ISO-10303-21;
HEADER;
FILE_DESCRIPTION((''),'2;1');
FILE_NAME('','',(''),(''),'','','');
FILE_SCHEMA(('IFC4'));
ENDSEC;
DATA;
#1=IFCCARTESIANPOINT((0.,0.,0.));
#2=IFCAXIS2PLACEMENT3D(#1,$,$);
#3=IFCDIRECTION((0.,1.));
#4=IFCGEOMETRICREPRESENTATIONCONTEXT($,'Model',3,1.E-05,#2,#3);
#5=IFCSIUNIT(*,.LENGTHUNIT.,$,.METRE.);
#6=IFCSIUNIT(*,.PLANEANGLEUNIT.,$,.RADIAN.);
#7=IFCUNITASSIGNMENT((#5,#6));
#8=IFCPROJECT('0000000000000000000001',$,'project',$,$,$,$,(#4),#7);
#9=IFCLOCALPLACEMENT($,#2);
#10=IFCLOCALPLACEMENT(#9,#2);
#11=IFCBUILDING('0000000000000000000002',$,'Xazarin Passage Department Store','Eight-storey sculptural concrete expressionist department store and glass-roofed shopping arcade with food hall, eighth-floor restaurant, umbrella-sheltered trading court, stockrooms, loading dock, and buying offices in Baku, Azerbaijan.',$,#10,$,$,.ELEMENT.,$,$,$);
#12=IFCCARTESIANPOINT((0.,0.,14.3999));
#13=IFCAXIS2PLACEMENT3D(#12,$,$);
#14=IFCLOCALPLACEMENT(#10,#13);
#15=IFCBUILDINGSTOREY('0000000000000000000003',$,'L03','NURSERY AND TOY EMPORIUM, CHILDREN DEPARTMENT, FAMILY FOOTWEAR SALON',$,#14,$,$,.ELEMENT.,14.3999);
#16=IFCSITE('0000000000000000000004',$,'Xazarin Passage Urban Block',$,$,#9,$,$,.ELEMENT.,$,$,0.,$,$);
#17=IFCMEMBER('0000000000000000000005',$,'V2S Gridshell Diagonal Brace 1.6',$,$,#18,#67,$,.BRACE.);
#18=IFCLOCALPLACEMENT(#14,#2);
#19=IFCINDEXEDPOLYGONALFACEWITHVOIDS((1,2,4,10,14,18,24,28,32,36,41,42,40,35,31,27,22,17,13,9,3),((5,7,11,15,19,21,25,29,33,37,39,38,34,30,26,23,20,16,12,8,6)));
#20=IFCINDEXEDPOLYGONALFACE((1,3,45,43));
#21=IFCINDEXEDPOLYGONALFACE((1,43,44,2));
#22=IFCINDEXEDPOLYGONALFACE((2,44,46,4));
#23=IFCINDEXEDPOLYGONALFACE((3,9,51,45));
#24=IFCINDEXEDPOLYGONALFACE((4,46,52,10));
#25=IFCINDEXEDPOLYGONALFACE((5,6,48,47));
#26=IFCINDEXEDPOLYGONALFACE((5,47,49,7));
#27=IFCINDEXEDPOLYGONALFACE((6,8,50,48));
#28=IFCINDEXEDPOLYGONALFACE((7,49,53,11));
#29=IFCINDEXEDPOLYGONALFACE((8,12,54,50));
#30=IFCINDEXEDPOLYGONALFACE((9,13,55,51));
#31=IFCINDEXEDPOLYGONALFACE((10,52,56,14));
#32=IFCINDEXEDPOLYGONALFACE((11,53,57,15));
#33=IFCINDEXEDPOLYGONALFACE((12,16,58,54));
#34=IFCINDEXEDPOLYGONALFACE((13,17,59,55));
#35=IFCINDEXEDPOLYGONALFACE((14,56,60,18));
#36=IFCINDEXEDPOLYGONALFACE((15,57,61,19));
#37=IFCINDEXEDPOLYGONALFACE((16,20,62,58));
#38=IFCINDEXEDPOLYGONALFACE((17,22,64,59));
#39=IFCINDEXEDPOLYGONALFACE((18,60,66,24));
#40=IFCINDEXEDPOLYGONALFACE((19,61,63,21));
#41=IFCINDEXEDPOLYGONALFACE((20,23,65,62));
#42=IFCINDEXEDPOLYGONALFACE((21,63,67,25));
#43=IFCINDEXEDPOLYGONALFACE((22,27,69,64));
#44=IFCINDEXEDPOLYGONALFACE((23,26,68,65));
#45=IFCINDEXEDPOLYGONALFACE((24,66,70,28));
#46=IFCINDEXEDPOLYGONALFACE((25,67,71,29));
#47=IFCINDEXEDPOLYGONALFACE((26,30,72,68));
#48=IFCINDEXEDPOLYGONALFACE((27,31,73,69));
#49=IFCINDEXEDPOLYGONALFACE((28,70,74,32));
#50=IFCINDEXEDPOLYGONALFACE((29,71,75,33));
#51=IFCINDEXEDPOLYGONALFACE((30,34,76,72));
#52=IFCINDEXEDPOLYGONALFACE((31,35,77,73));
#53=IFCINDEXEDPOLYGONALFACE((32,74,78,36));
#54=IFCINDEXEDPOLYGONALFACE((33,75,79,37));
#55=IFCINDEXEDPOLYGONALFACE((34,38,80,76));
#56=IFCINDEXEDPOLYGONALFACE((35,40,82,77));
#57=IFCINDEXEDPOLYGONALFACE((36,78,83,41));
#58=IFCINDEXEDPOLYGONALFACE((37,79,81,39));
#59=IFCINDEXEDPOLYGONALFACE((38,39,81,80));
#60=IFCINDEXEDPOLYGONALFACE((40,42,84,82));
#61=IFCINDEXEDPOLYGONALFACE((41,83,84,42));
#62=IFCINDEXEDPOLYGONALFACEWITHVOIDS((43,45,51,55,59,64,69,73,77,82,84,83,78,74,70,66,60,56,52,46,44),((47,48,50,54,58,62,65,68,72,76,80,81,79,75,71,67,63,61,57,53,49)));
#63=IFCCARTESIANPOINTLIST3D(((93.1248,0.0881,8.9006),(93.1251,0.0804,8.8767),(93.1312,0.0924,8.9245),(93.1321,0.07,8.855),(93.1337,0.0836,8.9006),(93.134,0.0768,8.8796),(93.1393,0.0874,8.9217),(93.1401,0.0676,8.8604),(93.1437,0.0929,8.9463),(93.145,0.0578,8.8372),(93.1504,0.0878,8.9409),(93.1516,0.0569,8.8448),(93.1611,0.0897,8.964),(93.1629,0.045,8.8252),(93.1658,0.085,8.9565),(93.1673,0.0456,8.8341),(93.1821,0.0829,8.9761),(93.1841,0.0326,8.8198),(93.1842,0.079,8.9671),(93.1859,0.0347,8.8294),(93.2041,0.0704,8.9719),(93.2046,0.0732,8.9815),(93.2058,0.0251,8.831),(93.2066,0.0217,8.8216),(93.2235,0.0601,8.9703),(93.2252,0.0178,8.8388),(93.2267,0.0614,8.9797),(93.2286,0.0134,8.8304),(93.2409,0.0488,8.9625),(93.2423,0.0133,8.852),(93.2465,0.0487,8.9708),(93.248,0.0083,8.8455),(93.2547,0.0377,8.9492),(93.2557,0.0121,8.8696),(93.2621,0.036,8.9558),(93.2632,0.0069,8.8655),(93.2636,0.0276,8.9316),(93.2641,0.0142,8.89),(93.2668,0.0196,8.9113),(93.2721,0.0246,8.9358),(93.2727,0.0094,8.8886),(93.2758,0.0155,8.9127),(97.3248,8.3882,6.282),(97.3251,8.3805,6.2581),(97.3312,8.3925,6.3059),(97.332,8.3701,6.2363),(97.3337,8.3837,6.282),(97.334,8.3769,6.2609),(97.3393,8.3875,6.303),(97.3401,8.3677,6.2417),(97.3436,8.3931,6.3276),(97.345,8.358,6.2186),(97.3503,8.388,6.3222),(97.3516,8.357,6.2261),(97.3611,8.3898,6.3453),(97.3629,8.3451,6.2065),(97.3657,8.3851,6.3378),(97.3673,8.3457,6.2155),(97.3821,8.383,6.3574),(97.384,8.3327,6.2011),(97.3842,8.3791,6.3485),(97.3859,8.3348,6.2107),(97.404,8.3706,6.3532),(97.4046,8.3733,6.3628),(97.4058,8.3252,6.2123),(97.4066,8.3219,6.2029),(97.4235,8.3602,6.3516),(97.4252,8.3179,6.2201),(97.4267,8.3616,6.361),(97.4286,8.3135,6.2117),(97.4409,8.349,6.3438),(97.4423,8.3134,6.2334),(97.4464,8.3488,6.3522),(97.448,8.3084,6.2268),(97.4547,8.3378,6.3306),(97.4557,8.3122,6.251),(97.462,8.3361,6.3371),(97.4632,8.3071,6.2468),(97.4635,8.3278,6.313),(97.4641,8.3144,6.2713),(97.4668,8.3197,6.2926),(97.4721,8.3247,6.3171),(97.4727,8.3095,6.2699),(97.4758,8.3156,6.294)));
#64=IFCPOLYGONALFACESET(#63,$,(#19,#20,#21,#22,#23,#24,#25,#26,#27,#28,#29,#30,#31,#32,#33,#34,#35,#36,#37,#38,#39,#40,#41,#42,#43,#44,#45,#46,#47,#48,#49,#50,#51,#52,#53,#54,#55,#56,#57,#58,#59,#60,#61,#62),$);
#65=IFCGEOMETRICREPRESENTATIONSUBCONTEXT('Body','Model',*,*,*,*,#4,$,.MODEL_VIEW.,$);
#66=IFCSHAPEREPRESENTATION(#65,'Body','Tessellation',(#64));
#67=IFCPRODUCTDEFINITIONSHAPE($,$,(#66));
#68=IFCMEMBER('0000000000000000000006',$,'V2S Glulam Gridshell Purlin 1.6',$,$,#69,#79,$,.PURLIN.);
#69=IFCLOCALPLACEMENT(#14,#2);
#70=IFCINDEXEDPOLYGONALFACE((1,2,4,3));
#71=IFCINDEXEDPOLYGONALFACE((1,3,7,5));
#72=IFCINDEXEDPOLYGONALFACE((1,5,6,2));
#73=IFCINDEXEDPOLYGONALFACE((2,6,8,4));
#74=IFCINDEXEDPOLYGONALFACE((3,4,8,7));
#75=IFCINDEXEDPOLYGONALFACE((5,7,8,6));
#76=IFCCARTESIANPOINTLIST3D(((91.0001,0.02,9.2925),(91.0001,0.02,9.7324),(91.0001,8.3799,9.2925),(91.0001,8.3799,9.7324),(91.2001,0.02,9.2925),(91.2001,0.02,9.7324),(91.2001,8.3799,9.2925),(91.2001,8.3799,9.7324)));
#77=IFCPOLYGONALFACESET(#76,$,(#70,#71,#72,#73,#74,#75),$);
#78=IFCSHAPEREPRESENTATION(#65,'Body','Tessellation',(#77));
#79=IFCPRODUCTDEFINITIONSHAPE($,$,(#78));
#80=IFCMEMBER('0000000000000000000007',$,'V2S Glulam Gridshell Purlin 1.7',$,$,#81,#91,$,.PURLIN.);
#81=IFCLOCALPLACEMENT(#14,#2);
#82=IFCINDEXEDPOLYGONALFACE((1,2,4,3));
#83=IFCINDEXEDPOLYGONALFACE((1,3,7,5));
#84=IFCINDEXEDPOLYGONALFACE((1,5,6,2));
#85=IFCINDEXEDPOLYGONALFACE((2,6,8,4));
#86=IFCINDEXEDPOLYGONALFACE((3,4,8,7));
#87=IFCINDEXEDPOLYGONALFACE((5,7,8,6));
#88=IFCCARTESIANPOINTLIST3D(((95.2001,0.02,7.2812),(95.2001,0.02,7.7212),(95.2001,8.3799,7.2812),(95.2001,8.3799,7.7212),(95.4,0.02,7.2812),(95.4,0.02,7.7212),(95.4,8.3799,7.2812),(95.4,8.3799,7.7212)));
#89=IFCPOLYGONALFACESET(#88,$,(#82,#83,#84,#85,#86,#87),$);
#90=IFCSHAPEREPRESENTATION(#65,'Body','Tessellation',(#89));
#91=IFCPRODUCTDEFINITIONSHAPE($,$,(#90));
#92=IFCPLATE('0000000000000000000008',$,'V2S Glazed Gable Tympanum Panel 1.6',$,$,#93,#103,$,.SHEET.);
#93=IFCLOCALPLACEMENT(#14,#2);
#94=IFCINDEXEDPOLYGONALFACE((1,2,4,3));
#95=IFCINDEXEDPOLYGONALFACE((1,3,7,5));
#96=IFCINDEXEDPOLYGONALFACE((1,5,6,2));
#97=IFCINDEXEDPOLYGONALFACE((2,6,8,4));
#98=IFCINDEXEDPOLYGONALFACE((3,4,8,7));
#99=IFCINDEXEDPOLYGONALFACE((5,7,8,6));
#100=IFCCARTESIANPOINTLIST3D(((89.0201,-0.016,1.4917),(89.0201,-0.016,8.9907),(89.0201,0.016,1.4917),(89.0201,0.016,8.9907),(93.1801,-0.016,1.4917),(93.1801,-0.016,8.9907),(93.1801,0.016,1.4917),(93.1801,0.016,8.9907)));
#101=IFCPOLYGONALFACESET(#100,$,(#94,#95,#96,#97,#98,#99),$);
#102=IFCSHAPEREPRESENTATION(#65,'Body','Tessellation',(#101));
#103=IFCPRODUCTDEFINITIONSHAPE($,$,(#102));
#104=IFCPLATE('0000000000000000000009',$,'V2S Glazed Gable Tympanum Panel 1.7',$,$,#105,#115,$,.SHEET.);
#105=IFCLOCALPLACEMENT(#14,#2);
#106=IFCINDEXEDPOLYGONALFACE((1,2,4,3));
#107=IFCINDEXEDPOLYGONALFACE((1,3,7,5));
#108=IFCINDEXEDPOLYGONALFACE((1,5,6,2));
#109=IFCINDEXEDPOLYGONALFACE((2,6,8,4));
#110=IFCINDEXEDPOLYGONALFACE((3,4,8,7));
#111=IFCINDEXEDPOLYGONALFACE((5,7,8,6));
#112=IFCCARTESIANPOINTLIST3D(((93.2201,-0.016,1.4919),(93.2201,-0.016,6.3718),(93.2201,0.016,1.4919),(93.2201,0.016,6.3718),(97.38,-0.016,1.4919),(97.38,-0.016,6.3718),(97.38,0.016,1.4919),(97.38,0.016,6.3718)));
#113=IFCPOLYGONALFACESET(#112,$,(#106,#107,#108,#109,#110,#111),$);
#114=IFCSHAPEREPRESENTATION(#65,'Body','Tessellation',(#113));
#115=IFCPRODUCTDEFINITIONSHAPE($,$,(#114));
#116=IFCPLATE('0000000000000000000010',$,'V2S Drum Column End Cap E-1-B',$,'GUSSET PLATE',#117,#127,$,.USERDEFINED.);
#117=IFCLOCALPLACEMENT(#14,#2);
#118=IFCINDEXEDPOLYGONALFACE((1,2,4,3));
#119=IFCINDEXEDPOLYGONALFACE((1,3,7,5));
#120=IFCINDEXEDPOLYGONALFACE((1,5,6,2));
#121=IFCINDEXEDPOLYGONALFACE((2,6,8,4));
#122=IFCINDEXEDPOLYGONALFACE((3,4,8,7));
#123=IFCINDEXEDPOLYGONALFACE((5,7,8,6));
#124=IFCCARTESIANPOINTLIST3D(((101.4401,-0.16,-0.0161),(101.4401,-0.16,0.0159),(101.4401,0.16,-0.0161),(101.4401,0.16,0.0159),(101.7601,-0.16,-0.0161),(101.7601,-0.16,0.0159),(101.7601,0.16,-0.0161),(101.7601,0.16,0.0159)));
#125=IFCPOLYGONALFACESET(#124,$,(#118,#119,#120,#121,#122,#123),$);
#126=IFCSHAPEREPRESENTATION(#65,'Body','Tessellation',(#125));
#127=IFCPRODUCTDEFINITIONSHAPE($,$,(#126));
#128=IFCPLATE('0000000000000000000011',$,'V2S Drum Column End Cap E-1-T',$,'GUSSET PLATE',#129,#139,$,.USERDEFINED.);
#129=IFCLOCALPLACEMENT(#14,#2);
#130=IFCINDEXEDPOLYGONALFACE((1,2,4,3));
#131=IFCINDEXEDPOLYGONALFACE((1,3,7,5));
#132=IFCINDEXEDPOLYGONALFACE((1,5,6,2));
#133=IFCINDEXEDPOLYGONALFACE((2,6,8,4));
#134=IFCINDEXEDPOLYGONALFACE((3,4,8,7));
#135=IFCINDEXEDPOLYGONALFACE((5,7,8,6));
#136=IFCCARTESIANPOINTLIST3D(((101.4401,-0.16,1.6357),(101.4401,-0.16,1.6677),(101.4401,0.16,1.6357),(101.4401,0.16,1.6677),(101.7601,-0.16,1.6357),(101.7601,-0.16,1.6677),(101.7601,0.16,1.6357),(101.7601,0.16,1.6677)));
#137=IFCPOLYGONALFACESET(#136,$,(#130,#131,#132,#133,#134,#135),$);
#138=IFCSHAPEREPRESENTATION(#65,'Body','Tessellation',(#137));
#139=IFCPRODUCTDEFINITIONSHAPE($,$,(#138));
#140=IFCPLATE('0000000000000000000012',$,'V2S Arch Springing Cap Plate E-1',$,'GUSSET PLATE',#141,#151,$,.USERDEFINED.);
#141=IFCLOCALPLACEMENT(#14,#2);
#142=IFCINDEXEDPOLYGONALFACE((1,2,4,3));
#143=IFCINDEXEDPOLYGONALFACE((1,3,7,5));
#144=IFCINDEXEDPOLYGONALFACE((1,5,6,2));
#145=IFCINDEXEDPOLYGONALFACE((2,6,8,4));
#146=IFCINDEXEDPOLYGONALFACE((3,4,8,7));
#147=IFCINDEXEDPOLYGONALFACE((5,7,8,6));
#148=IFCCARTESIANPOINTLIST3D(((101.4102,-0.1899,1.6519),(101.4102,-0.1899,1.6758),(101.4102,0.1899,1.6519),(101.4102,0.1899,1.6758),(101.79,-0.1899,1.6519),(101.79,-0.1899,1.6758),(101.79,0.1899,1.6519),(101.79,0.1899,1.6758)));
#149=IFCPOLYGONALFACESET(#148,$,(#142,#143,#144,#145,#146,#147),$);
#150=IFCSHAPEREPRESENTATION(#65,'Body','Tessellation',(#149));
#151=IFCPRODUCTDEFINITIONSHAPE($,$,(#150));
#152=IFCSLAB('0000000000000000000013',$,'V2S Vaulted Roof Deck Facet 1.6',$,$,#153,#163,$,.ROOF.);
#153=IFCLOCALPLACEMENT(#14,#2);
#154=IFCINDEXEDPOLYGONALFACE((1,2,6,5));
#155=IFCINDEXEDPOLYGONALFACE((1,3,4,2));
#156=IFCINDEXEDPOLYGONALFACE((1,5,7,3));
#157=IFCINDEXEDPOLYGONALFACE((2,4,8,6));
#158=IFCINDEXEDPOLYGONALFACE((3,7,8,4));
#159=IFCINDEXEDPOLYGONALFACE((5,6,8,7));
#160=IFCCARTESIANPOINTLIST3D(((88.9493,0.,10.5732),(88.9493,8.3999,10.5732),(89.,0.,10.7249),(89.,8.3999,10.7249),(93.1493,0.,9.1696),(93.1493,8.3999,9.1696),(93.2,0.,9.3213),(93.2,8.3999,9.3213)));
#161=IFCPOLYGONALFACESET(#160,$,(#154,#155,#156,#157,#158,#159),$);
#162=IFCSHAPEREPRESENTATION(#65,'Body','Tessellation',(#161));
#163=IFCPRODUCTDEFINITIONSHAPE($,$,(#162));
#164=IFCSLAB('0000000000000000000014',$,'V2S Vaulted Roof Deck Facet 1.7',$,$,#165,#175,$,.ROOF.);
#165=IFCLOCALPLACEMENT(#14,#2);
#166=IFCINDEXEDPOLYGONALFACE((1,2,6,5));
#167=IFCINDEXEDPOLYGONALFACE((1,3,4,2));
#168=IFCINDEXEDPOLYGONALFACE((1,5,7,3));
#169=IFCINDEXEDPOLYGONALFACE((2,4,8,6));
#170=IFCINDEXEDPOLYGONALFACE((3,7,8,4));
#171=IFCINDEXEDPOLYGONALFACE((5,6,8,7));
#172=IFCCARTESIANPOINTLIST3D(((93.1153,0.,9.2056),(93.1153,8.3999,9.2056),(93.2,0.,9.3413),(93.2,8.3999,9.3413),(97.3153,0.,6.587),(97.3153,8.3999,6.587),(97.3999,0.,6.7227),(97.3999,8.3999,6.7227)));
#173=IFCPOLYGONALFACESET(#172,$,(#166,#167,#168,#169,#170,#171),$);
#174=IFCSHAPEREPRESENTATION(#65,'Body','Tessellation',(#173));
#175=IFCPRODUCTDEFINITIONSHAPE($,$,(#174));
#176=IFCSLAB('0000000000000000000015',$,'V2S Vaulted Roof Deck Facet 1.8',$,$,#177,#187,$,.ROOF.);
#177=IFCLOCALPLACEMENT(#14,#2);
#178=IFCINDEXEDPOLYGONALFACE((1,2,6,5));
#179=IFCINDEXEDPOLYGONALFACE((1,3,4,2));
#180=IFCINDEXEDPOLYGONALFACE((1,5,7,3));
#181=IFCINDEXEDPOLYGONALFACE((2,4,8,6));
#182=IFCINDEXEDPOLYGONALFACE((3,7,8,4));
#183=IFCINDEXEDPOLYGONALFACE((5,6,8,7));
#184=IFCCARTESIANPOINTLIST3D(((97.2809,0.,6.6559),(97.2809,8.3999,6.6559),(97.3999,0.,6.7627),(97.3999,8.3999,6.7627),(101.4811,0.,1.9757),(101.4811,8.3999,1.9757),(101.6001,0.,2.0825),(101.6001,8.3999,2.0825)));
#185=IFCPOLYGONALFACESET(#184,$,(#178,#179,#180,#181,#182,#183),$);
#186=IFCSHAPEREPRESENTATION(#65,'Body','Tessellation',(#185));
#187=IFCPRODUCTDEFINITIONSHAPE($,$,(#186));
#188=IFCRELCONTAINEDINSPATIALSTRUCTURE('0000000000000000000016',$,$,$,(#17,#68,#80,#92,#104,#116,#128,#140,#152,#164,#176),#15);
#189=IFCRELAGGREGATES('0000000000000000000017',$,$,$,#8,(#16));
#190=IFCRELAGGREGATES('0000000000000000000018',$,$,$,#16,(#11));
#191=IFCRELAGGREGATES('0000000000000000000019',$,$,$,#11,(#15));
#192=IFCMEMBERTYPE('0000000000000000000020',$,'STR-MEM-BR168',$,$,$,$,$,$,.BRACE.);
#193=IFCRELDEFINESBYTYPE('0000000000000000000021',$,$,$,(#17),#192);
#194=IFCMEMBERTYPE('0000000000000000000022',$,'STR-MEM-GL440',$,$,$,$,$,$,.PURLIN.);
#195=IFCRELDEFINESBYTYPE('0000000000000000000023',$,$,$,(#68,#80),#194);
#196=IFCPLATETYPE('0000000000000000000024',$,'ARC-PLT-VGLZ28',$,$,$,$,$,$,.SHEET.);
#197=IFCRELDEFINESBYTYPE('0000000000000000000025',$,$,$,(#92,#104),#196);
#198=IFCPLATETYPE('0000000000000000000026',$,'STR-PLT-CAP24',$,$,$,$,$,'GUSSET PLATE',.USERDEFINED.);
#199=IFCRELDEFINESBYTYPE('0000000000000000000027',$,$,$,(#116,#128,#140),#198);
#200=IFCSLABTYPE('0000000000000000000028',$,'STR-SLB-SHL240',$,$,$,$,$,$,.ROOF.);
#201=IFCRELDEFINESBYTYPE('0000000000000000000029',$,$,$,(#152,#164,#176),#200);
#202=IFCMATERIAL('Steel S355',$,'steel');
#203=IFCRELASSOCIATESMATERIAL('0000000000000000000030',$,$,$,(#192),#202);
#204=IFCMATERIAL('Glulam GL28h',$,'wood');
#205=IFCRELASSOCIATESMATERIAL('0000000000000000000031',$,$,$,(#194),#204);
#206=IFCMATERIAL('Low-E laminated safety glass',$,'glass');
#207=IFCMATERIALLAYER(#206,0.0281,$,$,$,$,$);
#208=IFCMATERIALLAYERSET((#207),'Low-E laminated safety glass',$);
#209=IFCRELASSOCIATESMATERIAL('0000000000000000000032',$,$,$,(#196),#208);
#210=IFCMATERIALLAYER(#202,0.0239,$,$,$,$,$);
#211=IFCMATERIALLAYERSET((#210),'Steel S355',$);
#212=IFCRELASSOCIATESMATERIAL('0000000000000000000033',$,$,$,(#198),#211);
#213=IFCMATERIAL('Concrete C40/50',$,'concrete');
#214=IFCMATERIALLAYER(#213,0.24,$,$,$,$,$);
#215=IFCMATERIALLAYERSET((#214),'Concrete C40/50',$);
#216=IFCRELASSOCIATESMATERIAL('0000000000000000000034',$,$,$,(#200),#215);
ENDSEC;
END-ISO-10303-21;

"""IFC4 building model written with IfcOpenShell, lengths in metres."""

from ifc_helpers import new_model, si_unit, direction, frame, origin, origin_2d, place, context, subcontext, project, spatial, polyline, rectangle, hollow_circle, outline, extrude, material, layer, layer_set, material_profile, profile_set, type_object, element, save


model = new_model("IFC4")

# Units and contexts
model_context = context("Model", 3, precision=1e-05, world=origin(), true_north=direction((0.0, 1.0)))
body_context = subcontext(model_context, "Body", "Model", "MODEL_VIEW")
ifc_project = project(units=[si_unit("LENGTHUNIT", "METRE"), si_unit("PLANEANGLEUNIT", "RADIAN")], contexts=[model_context])

# Site, building, storey
site_placement = place(None, origin())
site = spatial("IfcSite", under=ifc_project, at=site_placement, Name="Xazarin Passage Urban Block", CompositionType="ELEMENT", RefElevation=0.0)
building_placement = place(site_placement, origin())
building = spatial("IfcBuilding", under=site, at=building_placement, Name="Xazarin Passage Department Store", Description="Eight-storey sculptural concrete expressionist department store and glass-roofed shopping arcade with food hall, eighth-floor restaurant, umbrella-sheltered trading court, stockrooms, loading dock, and buying offices in Baku, Azerbaijan.", CompositionType="ELEMENT")
storey_placement = place(building_placement, frame((0.0, 0.0, 14.3999)))
storey = spatial("IfcBuildingStorey", under=building, at=storey_placement, Name="L03", Description="NURSERY AND TOY EMPORIUM, CHILDREN DEPARTMENT, FAMILY FOOTWEAR SALON", CompositionType="ELEMENT", Elevation=14.3999)

# Shared definitions
ifc_material_1 = material(Name="Steel S355", Category="steel")

# Shared definitions
ifc_material_2 = material(Name="Concrete C40/50", Category="concrete")

# Members
ifc_material_profile_1 = material_profile(ifc_material_1, hollow_circle(Radius=0.0842, WallThickness=0.01, at=origin_2d()), Name="CHS 168.3x10")
ifc_profile_set_1 = profile_set([ifc_material_profile_1], Name="Steel S355")
member_type_1 = type_object("IfcMemberType", Name="STR-MEM-BR168", PredefinedType="BRACE", material=ifc_profile_set_1)
member_1_placement = place(storey_placement, frame((93.2, 0.05, 8.9006), z_axis=(0.43461, 0.858886, -0.270977), x_axis=(-0.89227, 0.451502, 0.0)))
element("IfcMember", 1, at=member_1_placement, inside=storey, type_object=member_type_1, Name="V2S Gridshell Diagonal Brace 1.6", PredefinedType="BRACE", context=body_context, shape_type="SweptSolid", body=[
    extrude(hollow_circle(Radius=0.0842, WallThickness=0.01, at=origin_2d()), origin(), (0.0, 0.0, 1.0), 9.6638),
])
ifc_material_3 = material(Name="Glulam GL28h", Category="wood")
ifc_material_profile_2 = material_profile(ifc_material_3, rectangle(XDim=0.2, YDim=0.4399, at=origin_2d()), Name="GL28h 200x440")
ifc_profile_set_2 = profile_set([ifc_material_profile_2], Name="Glulam GL28h")
member_type_2 = type_object("IfcMemberType", Name="STR-MEM-GL440", PredefinedType="PURLIN", material=ifc_profile_set_2)
for number, where, z_axis, x_axis, name in (
    (2, (91.1001, 0.02, 9.5125), (0.0, 1.0, 0.0), (-1.0, 0.0, 0.0), "V2S Glulam Gridshell Purlin 1.6"),
    (3, (95.3, 0.02, 7.5012), (0.0, 1.0, 0.0), (-1.0, 0.0, 0.0), "V2S Glulam Gridshell Purlin 1.7"),
):
    element("IfcMember", number, at=place(storey_placement, frame(where, z_axis=z_axis, x_axis=x_axis)), inside=storey, type_object=member_type_2, Name=name, PredefinedType="PURLIN", context=body_context, shape_type="SweptSolid", body=[
        extrude(rectangle(XDim=0.2, YDim=0.4399, at=origin_2d()), origin(), (0.0, 0.0, 1.0), 8.3599),
    ])

# Plates
ifc_material_4 = material(Name="Low-E laminated safety glass", Category="glass")
ifc_layer_1 = layer(ifc_material_4, 0.0281)
ifc_layer_set_1 = layer_set([ifc_layer_1], Name="Low-E laminated safety glass")
plate_type_1 = type_object("IfcPlateType", Name="ARC-PLT-VGLZ28", PredefinedType="SHEET", material=ifc_layer_set_1)
plate_1_placement = place(storey_placement, frame((91.1001, 0.0, 1.4917), z_axis=(0.0, 0.0, 1.0), x_axis=(1.0, 0.0, 0.0)))
element("IfcPlate", 4, at=plate_1_placement, inside=storey, type_object=plate_type_1, Name="V2S Glazed Gable Tympanum Panel 1.6", PredefinedType="SHEET", context=body_context, shape_type="SweptSolid", body=[
    extrude(rectangle(XDim=4.1599, YDim=0.032, at=origin_2d()), origin(), (0.0, 0.0, 1.0), 7.499),
])
plate_2_placement = place(storey_placement, frame((95.3, 0.0, 1.4919), z_axis=(0.0, 0.0, 1.0), x_axis=(1.0, 0.0, 0.0)))
element("IfcPlate", 5, at=plate_2_placement, inside=storey, type_object=plate_type_1, Name="V2S Glazed Gable Tympanum Panel 1.7", PredefinedType="SHEET", context=body_context, shape_type="SweptSolid", body=[
    extrude(rectangle(XDim=4.1599, YDim=0.032, at=origin_2d()), origin(), (0.0, 0.0, 1.0), 4.8799),
])
ifc_layer_2 = layer(ifc_material_1, 0.0239)
ifc_layer_set_2 = layer_set([ifc_layer_2], Name="Steel S355")
plate_type_2 = type_object("IfcPlateType", Name="STR-PLT-CAP24", ElementType="GUSSET PLATE", PredefinedType="USERDEFINED", material=ifc_layer_set_2)
for number, where, z_axis, x_axis, name in (
    (6, (101.6001, 0.0, -0.0161), (0.0, 0.0, 1.0), (1.0, 0.0, 0.0), "V2S Drum Column End Cap E-1-B"),
    (7, (101.6001, 0.0, 1.6357), (0.0, 0.0, 1.0), (1.0, 0.0, 0.0), "V2S Drum Column End Cap E-1-T"),
):
    element("IfcPlate", number, at=place(storey_placement, frame(where, z_axis=z_axis, x_axis=x_axis)), inside=storey, type_object=plate_type_2, Name=name, ObjectType="GUSSET PLATE", PredefinedType="USERDEFINED", context=body_context, shape_type="SweptSolid", body=[
        extrude(rectangle(XDim=0.3201, YDim=0.3201, at=origin_2d()), origin(), (0.0, 0.0, 1.0), 0.032),
    ])
plate_3_placement = place(storey_placement, frame((101.6001, 0.0, 1.6519), z_axis=(0.0, 0.0, 1.0), x_axis=(1.0, 0.0, 0.0)))
element("IfcPlate", 8, at=plate_3_placement, inside=storey, type_object=plate_type_2, Name="V2S Arch Springing Cap Plate E-1", ObjectType="GUSSET PLATE", PredefinedType="USERDEFINED", context=body_context, shape_type="SweptSolid", body=[
    extrude(rectangle(XDim=0.3799, YDim=0.3799, at=origin_2d()), origin(), (0.0, 0.0, 1.0), 0.0239),
])

# Slabs
ifc_layer_3 = layer(ifc_material_2, 0.24)
ifc_layer_set_3 = layer_set([ifc_layer_3], Name="Concrete C40/50")
slab_type = type_object("IfcSlabType", Name="STR-SLB-SHL240", PredefinedType="ROOF", material=ifc_layer_set_3)
slab_1_placement = place(storey_placement, frame((89.0, 0.0, 10.7249), z_axis=(0.316955, 0.0, 0.94844), x_axis=(0.94844, 0.0, -0.316955)))
element("IfcSlab", 9, at=slab_1_placement, inside=storey, type_object=slab_type, Name="V2S Vaulted Roof Deck Facet 1.6", PredefinedType="ROOF", context=body_context, shape_type="SweptSolid", body=[
    extrude(outline(polyline([(0.0, 0.0), (4.4283, 0.0), (4.4283, 8.3999), (0.0, 8.3999), (0.0, 0.0)])), origin(), (0.0, 0.0, -1.0), 0.1599),
])
slab_2_placement = place(storey_placement, frame((93.2, 0.0, 9.3413), z_axis=(0.529081, 0.0, 0.848571), x_axis=(0.848571, 0.0, -0.529081)))
element("IfcSlab", 10, at=slab_2_placement, inside=storey, type_object=slab_type, Name="V2S Vaulted Roof Deck Facet 1.7", PredefinedType="ROOF", context=body_context, shape_type="SweptSolid", body=[
    extrude(outline(polyline([(0.0, 0.0), (4.9494, 0.0), (4.9494, 8.3999), (0.0, 8.3999), (0.0, 0.0)])), origin(), (0.0, 0.0, -1.0), 0.1599),
])
slab_3_placement = place(storey_placement, frame((97.3999, 0.0, 6.7627), z_axis=(0.744239, 0.0, 0.667913), x_axis=(0.667913, 0.0, -0.744239)))
element("IfcSlab", 11, at=slab_3_placement, inside=storey, type_object=slab_type, Name="V2S Vaulted Roof Deck Facet 1.8", PredefinedType="ROOF", context=body_context, shape_type="SweptSolid", body=[
    extrude(outline(polyline([(0.0, 0.0), (6.2885, 0.0), (6.2885, 8.3999), (0.0, 8.3999), (0.0, 0.0)])), origin(), (0.0, 0.0, -1.0), 0.1599),
])

save(model, "model.ifc")
